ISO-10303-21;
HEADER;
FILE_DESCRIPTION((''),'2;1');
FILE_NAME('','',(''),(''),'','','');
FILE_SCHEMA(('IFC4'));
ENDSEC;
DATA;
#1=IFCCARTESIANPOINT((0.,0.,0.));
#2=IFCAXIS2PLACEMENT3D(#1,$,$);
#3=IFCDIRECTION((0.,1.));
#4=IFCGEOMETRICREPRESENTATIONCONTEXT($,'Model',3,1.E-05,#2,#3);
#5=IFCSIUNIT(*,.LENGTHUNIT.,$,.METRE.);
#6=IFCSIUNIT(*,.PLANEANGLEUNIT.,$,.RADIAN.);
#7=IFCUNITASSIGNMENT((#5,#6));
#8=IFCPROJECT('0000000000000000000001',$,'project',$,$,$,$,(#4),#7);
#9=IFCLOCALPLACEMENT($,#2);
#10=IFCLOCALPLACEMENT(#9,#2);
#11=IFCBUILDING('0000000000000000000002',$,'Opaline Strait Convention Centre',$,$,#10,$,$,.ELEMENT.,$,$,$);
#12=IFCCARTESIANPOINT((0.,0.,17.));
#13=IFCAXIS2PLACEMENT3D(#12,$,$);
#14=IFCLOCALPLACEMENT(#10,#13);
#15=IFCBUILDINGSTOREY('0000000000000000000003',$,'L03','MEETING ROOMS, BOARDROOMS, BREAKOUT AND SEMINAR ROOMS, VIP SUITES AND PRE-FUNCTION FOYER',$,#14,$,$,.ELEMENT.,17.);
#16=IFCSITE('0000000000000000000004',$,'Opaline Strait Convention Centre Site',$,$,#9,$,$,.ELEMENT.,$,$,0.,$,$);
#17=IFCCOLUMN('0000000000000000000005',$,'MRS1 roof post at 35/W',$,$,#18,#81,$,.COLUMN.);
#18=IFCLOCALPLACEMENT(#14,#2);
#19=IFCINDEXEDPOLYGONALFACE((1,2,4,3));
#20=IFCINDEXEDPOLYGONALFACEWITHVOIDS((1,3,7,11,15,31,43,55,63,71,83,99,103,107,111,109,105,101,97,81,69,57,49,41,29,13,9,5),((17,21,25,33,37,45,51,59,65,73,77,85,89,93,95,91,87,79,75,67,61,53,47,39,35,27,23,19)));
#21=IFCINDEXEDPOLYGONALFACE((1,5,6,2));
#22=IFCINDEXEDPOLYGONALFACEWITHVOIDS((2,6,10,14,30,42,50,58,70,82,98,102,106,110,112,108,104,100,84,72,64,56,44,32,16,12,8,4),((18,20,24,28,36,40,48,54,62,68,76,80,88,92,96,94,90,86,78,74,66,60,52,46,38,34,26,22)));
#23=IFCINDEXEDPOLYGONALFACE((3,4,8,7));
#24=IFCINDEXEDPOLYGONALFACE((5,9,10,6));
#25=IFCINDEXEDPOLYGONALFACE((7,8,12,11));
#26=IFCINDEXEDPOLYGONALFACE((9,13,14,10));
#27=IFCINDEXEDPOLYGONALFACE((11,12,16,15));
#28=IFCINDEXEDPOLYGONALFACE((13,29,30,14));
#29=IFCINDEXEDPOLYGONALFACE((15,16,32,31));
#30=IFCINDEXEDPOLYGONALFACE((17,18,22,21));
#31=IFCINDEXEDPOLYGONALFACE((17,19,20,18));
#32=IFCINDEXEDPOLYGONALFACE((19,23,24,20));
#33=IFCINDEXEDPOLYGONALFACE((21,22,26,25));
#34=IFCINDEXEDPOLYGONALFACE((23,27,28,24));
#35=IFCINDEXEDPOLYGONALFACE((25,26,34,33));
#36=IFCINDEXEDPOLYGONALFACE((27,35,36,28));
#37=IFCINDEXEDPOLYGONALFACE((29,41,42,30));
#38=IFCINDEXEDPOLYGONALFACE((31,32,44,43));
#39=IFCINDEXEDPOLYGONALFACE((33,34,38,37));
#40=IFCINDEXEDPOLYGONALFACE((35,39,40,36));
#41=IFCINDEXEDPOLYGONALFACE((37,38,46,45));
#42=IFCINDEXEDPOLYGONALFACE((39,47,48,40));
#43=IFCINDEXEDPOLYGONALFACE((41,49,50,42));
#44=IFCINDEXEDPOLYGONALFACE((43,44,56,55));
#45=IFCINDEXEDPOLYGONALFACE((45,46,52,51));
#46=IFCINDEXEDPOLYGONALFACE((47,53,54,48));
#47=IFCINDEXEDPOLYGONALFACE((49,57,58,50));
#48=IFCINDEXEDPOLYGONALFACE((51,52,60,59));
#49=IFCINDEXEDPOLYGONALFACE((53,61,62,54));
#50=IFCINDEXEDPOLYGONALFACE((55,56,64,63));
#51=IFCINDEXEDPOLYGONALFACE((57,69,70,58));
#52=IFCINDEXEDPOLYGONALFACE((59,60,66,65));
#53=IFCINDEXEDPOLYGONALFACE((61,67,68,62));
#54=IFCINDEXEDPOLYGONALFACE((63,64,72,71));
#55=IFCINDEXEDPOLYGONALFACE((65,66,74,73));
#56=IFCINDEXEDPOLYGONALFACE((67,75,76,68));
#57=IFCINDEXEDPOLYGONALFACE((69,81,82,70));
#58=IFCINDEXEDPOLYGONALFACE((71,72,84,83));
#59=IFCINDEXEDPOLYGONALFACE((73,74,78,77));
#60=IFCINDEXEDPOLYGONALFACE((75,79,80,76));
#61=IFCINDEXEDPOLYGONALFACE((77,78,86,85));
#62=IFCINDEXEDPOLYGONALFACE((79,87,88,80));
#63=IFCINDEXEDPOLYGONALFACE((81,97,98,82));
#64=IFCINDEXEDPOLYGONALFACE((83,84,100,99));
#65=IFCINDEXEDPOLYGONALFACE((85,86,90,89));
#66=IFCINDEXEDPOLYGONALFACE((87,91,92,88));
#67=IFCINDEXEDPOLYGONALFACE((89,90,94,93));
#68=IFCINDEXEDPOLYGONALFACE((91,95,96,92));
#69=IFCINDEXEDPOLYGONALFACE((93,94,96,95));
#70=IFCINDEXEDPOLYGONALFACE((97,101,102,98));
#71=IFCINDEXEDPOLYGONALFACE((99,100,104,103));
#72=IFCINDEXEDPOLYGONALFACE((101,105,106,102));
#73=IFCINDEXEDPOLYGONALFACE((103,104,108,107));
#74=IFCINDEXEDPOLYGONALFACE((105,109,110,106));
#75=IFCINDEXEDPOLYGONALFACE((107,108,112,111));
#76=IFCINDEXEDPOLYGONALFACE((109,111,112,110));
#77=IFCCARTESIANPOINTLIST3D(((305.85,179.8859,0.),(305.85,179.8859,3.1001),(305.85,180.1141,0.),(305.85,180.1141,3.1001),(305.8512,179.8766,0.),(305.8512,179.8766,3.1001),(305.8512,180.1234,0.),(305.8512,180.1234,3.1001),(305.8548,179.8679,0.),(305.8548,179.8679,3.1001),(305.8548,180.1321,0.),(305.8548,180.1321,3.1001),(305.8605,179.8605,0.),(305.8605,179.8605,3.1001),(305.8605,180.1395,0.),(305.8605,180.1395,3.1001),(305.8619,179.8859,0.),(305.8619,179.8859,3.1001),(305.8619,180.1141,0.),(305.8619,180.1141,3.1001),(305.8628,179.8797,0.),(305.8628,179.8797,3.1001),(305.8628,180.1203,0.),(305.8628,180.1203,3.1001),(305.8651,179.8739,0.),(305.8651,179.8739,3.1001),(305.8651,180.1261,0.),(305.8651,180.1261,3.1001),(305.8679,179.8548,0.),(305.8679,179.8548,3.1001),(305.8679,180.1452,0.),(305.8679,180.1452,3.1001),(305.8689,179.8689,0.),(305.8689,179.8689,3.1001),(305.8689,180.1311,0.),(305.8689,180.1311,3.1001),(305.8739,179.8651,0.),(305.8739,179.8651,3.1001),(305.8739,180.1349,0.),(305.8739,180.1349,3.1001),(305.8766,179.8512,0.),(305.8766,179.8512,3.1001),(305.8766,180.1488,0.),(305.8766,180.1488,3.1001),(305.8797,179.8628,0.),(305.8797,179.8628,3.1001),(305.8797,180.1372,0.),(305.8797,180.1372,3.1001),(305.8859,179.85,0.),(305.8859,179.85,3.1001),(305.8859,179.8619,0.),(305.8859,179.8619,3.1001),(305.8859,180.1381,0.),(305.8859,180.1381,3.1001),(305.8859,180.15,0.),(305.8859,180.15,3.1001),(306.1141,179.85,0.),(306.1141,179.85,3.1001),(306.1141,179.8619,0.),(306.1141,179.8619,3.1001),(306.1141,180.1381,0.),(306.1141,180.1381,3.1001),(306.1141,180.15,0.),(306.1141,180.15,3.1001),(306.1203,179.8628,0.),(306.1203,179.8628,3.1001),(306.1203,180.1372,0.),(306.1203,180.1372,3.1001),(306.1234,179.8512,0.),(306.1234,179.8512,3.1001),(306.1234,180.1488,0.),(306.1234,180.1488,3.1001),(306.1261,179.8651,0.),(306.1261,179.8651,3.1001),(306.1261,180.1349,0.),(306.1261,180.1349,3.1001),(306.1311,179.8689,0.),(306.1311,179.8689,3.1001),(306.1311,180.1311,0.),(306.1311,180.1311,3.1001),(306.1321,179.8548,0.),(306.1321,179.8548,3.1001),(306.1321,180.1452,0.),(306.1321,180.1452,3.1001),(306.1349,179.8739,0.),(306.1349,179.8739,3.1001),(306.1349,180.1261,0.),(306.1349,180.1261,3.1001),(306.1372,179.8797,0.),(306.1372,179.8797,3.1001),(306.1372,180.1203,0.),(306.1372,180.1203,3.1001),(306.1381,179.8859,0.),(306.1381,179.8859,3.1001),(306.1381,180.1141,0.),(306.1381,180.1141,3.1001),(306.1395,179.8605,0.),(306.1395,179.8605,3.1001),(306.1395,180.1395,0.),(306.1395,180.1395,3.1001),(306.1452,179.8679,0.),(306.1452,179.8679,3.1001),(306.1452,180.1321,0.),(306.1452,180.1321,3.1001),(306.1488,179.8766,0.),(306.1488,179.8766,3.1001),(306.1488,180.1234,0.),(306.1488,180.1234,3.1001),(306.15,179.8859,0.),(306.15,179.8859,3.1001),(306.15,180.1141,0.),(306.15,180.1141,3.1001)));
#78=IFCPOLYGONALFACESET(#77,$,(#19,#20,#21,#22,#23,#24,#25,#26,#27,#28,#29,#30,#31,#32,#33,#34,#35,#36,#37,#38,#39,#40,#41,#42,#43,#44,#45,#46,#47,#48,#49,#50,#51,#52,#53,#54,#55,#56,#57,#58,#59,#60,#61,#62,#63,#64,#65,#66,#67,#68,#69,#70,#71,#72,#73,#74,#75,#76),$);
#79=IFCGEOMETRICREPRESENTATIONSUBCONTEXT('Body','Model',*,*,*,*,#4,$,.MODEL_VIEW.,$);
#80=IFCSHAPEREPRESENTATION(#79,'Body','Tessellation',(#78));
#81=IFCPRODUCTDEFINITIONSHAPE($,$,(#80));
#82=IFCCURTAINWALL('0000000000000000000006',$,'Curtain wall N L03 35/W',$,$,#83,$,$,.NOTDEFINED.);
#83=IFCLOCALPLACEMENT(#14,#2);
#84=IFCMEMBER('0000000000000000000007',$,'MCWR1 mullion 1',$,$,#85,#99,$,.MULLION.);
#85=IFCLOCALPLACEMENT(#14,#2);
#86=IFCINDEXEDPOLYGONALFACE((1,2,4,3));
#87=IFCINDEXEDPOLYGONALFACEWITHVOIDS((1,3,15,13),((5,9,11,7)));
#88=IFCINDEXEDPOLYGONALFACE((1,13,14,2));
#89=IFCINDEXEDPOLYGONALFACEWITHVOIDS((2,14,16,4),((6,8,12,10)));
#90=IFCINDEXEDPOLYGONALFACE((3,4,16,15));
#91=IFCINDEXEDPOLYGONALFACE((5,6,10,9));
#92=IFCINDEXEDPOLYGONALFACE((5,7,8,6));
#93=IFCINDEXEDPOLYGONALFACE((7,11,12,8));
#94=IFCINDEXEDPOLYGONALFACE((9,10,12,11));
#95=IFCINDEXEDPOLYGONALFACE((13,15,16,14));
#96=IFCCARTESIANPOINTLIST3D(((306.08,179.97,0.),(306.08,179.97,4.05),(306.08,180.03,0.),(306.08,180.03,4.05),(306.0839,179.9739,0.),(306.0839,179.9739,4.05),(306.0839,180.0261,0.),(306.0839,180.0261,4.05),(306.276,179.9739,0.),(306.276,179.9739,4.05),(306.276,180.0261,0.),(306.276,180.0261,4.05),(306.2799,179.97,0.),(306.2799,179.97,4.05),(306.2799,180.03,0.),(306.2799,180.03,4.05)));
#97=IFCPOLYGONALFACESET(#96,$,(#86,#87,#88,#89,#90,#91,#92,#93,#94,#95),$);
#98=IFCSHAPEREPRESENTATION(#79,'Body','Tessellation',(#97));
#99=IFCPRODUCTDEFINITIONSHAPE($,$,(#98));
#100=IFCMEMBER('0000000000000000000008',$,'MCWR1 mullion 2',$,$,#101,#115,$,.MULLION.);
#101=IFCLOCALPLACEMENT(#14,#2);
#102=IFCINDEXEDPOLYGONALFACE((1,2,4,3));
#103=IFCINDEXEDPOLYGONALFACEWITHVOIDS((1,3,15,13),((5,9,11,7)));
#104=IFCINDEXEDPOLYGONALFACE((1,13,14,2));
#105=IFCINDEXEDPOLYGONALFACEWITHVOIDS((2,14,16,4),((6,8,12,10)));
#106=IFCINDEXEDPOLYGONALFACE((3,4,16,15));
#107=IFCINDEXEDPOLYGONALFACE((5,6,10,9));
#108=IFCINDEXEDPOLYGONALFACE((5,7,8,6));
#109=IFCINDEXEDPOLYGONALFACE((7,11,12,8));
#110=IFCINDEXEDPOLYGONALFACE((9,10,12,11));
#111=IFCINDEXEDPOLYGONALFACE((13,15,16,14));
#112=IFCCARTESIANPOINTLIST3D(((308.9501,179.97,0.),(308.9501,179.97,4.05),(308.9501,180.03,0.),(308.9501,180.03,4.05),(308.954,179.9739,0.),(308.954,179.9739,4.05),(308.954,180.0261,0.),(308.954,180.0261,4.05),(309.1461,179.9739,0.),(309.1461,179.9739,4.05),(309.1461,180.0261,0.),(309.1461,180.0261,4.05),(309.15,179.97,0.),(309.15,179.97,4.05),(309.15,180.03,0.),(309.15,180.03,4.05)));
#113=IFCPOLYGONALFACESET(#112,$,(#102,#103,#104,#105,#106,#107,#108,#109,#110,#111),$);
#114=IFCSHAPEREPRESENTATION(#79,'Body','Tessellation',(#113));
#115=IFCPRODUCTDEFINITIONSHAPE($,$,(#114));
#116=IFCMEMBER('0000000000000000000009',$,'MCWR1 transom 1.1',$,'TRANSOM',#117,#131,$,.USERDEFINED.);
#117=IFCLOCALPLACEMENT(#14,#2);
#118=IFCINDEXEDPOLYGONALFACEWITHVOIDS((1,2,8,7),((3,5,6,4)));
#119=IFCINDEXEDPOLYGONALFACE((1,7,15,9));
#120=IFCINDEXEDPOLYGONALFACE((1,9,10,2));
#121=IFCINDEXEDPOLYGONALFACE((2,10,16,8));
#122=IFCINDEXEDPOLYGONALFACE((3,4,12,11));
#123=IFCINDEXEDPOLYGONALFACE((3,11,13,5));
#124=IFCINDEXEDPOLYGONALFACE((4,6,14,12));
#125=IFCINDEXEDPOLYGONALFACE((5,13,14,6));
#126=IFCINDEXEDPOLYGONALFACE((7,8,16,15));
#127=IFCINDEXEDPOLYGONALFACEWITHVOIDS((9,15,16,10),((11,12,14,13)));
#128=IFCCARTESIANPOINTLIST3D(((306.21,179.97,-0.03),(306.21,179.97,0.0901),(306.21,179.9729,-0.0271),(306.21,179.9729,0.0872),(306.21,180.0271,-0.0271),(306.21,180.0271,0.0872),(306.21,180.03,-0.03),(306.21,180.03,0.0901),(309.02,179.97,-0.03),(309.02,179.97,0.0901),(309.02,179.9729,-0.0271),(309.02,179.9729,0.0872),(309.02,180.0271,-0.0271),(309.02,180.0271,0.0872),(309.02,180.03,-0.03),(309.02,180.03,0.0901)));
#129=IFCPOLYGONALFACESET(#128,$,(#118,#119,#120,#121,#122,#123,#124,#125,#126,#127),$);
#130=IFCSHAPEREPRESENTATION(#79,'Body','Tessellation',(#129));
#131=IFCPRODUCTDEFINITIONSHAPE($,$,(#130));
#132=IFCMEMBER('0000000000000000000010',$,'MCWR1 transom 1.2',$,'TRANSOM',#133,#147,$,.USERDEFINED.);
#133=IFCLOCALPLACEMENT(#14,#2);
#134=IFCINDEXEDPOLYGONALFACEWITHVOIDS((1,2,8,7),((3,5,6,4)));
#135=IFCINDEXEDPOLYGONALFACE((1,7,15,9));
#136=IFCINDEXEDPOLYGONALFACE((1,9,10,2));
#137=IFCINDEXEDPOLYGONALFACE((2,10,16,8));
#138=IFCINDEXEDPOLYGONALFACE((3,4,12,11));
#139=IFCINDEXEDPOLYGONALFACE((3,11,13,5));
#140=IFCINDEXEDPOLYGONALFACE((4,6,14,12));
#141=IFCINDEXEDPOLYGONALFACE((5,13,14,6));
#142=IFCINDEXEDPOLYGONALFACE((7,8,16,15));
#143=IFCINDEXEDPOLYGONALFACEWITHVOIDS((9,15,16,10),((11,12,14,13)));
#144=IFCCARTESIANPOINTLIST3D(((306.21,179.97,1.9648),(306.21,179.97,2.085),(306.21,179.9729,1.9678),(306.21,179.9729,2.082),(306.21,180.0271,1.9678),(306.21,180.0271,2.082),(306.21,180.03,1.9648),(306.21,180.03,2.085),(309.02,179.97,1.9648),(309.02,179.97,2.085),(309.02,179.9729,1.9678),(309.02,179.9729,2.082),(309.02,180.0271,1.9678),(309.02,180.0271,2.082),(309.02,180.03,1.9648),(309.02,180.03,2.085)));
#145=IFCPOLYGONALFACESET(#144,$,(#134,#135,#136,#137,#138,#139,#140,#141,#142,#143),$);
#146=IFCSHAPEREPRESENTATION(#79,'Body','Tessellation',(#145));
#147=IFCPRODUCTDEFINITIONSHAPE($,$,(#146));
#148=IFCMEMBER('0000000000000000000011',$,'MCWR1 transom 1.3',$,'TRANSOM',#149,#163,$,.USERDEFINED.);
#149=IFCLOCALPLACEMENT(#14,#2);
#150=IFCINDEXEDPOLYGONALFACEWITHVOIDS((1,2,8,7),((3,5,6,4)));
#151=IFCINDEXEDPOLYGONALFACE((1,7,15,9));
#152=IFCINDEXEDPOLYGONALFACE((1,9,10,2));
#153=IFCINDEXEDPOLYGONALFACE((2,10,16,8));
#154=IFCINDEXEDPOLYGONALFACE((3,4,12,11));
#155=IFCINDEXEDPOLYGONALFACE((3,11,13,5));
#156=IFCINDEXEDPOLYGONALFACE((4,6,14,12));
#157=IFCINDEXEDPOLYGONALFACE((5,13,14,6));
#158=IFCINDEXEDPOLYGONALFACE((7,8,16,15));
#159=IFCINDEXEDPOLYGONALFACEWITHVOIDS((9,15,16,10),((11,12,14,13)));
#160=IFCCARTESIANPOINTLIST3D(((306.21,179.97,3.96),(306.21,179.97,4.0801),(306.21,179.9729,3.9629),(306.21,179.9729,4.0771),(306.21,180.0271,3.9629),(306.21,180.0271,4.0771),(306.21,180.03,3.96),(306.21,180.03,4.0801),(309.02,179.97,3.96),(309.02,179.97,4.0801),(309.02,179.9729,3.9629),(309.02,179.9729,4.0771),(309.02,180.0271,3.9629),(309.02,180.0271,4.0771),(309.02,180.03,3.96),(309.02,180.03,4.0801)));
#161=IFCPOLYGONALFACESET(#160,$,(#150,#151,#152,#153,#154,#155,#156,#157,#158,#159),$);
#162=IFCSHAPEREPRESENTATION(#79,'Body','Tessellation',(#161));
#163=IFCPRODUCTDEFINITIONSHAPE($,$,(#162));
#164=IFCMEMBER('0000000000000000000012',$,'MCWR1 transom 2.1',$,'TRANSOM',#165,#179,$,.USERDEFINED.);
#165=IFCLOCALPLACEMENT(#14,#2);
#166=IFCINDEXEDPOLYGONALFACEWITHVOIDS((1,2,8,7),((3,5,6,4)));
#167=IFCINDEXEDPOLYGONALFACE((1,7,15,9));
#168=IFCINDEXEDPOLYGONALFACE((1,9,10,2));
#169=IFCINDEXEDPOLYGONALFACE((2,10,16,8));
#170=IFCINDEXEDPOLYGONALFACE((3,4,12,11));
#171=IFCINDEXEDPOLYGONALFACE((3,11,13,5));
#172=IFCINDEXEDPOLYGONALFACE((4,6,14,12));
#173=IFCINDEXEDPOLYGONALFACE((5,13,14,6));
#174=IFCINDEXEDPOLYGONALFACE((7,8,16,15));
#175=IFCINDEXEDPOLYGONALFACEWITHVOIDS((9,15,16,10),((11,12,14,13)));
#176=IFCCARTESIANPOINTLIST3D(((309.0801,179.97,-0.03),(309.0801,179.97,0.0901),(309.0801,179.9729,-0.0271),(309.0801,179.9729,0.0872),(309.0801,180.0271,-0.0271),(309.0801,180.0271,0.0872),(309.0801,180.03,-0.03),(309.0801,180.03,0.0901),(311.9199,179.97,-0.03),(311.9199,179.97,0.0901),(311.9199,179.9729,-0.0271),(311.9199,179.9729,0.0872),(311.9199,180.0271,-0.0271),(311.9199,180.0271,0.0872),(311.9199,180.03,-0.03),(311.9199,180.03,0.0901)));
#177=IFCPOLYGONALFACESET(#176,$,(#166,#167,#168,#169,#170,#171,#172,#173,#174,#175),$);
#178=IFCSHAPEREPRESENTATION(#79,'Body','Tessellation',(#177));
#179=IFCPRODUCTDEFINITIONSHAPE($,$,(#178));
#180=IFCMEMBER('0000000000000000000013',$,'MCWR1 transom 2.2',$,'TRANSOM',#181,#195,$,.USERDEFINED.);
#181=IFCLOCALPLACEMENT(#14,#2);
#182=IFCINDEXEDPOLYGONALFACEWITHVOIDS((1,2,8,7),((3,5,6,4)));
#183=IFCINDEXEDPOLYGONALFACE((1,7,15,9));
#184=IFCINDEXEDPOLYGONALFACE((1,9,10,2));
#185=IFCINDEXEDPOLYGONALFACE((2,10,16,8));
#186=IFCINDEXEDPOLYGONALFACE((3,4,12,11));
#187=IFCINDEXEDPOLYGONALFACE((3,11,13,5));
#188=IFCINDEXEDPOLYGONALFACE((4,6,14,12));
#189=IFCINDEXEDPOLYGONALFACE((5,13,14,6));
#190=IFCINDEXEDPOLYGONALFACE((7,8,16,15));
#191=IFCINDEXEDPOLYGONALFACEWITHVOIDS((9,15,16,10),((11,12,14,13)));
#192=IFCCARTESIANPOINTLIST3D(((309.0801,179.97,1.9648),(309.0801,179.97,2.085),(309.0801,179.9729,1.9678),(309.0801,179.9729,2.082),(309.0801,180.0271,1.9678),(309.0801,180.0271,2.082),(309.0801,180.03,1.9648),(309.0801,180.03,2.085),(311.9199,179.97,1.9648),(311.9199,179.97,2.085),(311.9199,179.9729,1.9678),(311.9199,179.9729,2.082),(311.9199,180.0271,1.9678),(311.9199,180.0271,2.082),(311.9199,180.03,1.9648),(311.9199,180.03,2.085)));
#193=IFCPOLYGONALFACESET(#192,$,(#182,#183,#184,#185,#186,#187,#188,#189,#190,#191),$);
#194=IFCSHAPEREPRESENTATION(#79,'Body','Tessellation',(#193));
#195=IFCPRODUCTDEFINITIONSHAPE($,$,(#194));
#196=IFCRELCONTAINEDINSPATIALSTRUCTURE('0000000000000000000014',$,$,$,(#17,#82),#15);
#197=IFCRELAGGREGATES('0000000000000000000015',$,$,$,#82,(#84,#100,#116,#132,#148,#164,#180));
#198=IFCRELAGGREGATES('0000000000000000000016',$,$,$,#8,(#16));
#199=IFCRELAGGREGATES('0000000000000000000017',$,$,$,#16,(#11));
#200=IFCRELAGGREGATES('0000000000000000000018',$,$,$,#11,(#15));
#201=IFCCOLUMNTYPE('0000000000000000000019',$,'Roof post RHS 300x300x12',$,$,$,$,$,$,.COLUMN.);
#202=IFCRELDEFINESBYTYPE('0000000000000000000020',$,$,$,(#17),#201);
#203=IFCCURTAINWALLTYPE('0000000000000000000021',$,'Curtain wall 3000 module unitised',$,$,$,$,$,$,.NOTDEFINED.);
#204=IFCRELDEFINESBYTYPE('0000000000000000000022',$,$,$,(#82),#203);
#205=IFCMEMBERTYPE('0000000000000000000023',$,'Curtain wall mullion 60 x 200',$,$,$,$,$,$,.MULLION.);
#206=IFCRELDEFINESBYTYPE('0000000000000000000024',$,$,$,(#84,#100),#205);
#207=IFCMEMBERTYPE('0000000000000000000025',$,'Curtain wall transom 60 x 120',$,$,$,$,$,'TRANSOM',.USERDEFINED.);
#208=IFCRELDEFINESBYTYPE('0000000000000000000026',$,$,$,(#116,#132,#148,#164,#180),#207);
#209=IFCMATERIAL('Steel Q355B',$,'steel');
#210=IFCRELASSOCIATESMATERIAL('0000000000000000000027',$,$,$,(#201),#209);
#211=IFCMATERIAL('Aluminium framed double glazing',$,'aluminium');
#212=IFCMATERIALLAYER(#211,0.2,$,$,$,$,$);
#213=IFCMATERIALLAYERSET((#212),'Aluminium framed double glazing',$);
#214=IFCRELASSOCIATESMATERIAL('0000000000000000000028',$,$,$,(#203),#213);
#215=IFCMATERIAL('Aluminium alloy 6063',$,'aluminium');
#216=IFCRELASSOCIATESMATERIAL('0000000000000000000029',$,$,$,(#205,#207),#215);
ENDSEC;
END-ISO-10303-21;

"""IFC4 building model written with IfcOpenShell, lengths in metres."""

from ifc_helpers import new_model, si_unit, direction, frame, origin, origin_2d, place, context, subcontext, project, spatial, hollow_rectangle, extrude, material, layer, layer_set, material_profile, profile_set, type_object, element, aggregate, save


model = new_model("IFC4")

# Units and contexts
model_context = context("Model", 3, precision=1e-05, world=origin(), true_north=direction((0.0, 1.0)))
body_context = subcontext(model_context, "Body", "Model", "MODEL_VIEW")
ifc_project = project(units=[si_unit("LENGTHUNIT", "METRE"), si_unit("PLANEANGLEUNIT", "RADIAN")], contexts=[model_context])

# Site, building, storey
site_placement = place(None, origin())
site = spatial("IfcSite", under=ifc_project, at=site_placement, Name="Opaline Strait Convention Centre Site", CompositionType="ELEMENT", RefElevation=0.0)
building_placement = place(site_placement, origin())
building = spatial("IfcBuilding", under=site, at=building_placement, Name="Opaline Strait Convention Centre", CompositionType="ELEMENT")
storey_placement = place(building_placement, frame((0.0, 0.0, 17.0)))
storey = spatial("IfcBuildingStorey", under=building, at=storey_placement, Name="L03", Description="MEETING ROOMS, BOARDROOMS, BREAKOUT AND SEMINAR ROOMS, VIP SUITES AND PRE-FUNCTION FOYER", CompositionType="ELEMENT", Elevation=17.0)

# Column
ifc_material_1 = material(Name="Steel Q355B", Category="steel")
ifc_material_profile_1 = material_profile(ifc_material_1, hollow_rectangle(XDim=0.3, YDim=0.3, WallThickness=0.012, InnerFilletRadius=0.0239, OuterFilletRadius=0.0359, at=origin_2d()), Name="RHS 300x300x12")
ifc_profile_set_1 = profile_set([ifc_material_profile_1], Name="Steel Q355B")
column_type = type_object("IfcColumnType", Name="Roof post RHS 300x300x12", PredefinedType="COLUMN", material=ifc_profile_set_1)
column_placement = place(storey_placement, frame((306.0, 180.0, 0.0), z_axis=(0.0, 0.0, 1.0), x_axis=(1.0, 0.0, 0.0)))
element("IfcColumn", 1, at=column_placement, inside=storey, type_object=column_type, Name="MRS1 roof post at 35/W", PredefinedType="COLUMN", context=body_context, shape_type="SweptSolid", body=[
    extrude(hollow_rectangle(XDim=0.3, YDim=0.3, WallThickness=0.012, InnerFilletRadius=0.0239, OuterFilletRadius=0.0359, at=origin_2d()), origin(), (0.0, 0.0, 1.0), 3.1001),
])

# Curtain wall, members
ifc_material_2 = material(Name="Aluminium framed double glazing", Category="aluminium")
ifc_layer_1 = layer(ifc_material_2, 0.2)
ifc_layer_set_1 = layer_set([ifc_layer_1], Name="Aluminium framed double glazing")
curtain_wall_type = type_object("IfcCurtainWallType", Name="Curtain wall 3000 module unitised", PredefinedType="NOTDEFINED", material=ifc_layer_set_1)
curtain_wall_placement = place(storey_placement, origin())
curtain_wall = element("IfcCurtainWall", 2, at=curtain_wall_placement, inside=storey, type_object=curtain_wall_type, Name="Curtain wall N L03 35/W", PredefinedType="NOTDEFINED")
ifc_material_3 = material(Name="Aluminium alloy 6063", Category="aluminium")
ifc_material_profile_2 = material_profile(ifc_material_3, hollow_rectangle(XDim=0.0601, YDim=0.2, WallThickness=0.0039, at=origin_2d()), Name="MULLION 60x200x4")
ifc_profile_set_2 = profile_set([ifc_material_profile_2], Name="Aluminium alloy 6063")
member_type_1 = type_object("IfcMemberType", Name="Curtain wall mullion 60 x 200", PredefinedType="MULLION", material=ifc_profile_set_2)
member_1_placement = place(storey_placement, frame((306.1799, 180.0, 0.0), z_axis=(0.0, 0.0, 1.0), x_axis=(0.0, 1.0, 0.0)))
member_1 = element("IfcMember", 3, at=member_1_placement, type_object=member_type_1, Name="MCWR1 mullion 1", PredefinedType="MULLION", context=body_context, shape_type="SweptSolid", body=[
    extrude(hollow_rectangle(XDim=0.0601, YDim=0.2, WallThickness=0.0039, at=origin_2d()), origin(), (0.0, 0.0, 1.0), 4.05),
])
member_2_placement = place(storey_placement, frame((309.05, 180.0, 0.0), z_axis=(0.0, 0.0, 1.0), x_axis=(0.0, 1.0, 0.0)))
member_2 = element("IfcMember", 4, at=member_2_placement, type_object=member_type_1, Name="MCWR1 mullion 2", PredefinedType="MULLION", context=body_context, shape_type="SweptSolid", body=[
    extrude(hollow_rectangle(XDim=0.0601, YDim=0.2, WallThickness=0.0039, at=origin_2d()), origin(), (0.0, 0.0, 1.0), 4.05),
])
ifc_material_profile_3 = material_profile(ifc_material_3, hollow_rectangle(XDim=0.0601, YDim=0.1201, WallThickness=0.0029, at=origin_2d()), Name="TRANSOM 60x120x3")
ifc_profile_set_3 = profile_set([ifc_material_profile_3], Name="Aluminium alloy 6063")
member_type_2 = type_object("IfcMemberType", Name="Curtain wall transom 60 x 120", ElementType="TRANSOM", PredefinedType="USERDEFINED", material=ifc_profile_set_3)
member_3_placement = place(storey_placement, frame((306.21, 180.0, 0.03), z_axis=(1.0, 0.0, 0.0), x_axis=(0.0, 1.0, 0.0)))
member_3 = element("IfcMember", 5, at=member_3_placement, type_object=member_type_2, Name="MCWR1 transom 1.1", ObjectType="TRANSOM", PredefinedType="USERDEFINED", context=body_context, shape_type="SweptSolid", body=[
    extrude(hollow_rectangle(XDim=0.0601, YDim=0.1201, WallThickness=0.0029, at=origin_2d()), origin(), (0.0, 0.0, 1.0), 2.8101),
])
member_4_placement = place(storey_placement, frame((306.21, 180.0, 2.0249), z_axis=(1.0, 0.0, 0.0), x_axis=(0.0, 1.0, 0.0)))
member_4 = element("IfcMember", 6, at=member_4_placement, type_object=member_type_2, Name="MCWR1 transom 1.2", ObjectType="TRANSOM", PredefinedType="USERDEFINED", context=body_context, shape_type="SweptSolid", body=[
    extrude(hollow_rectangle(XDim=0.0601, YDim=0.1201, WallThickness=0.0029, at=origin_2d()), origin(), (0.0, 0.0, 1.0), 2.8101),
])
member_5_placement = place(storey_placement, frame((306.21, 180.0, 4.02), z_axis=(1.0, 0.0, 0.0), x_axis=(0.0, 1.0, 0.0)))
member_5 = element("IfcMember", 7, at=member_5_placement, type_object=member_type_2, Name="MCWR1 transom 1.3", ObjectType="TRANSOM", PredefinedType="USERDEFINED", context=body_context, shape_type="SweptSolid", body=[
    extrude(hollow_rectangle(XDim=0.0601, YDim=0.1201, WallThickness=0.0029, at=origin_2d()), origin(), (0.0, 0.0, 1.0), 2.8101),
])
member_6_placement = place(storey_placement, frame((309.0801, 180.0, 0.03), z_axis=(1.0, 0.0, 0.0), x_axis=(0.0, 1.0, 0.0)))
member_6 = element("IfcMember", 8, at=member_6_placement, type_object=member_type_2, Name="MCWR1 transom 2.1", ObjectType="TRANSOM", PredefinedType="USERDEFINED", context=body_context, shape_type="SweptSolid", body=[
    extrude(hollow_rectangle(XDim=0.0601, YDim=0.1201, WallThickness=0.0029, at=origin_2d()), origin(), (0.0, 0.0, 1.0), 2.8398),
])
member_7_placement = place(storey_placement, frame((309.0801, 180.0, 2.0249), z_axis=(1.0, 0.0, 0.0), x_axis=(0.0, 1.0, 0.0)))
member_7 = element("IfcMember", 9, at=member_7_placement, type_object=member_type_2, Name="MCWR1 transom 2.2", ObjectType="TRANSOM", PredefinedType="USERDEFINED", context=body_context, shape_type="SweptSolid", body=[
    extrude(hollow_rectangle(XDim=0.0601, YDim=0.1201, WallThickness=0.0029, at=origin_2d()), origin(), (0.0, 0.0, 1.0), 2.8398),
])

aggregate(curtain_wall, [member_1, member_2, member_3, member_4, member_5, member_6, member_7])

save(model, "model.ifc")
